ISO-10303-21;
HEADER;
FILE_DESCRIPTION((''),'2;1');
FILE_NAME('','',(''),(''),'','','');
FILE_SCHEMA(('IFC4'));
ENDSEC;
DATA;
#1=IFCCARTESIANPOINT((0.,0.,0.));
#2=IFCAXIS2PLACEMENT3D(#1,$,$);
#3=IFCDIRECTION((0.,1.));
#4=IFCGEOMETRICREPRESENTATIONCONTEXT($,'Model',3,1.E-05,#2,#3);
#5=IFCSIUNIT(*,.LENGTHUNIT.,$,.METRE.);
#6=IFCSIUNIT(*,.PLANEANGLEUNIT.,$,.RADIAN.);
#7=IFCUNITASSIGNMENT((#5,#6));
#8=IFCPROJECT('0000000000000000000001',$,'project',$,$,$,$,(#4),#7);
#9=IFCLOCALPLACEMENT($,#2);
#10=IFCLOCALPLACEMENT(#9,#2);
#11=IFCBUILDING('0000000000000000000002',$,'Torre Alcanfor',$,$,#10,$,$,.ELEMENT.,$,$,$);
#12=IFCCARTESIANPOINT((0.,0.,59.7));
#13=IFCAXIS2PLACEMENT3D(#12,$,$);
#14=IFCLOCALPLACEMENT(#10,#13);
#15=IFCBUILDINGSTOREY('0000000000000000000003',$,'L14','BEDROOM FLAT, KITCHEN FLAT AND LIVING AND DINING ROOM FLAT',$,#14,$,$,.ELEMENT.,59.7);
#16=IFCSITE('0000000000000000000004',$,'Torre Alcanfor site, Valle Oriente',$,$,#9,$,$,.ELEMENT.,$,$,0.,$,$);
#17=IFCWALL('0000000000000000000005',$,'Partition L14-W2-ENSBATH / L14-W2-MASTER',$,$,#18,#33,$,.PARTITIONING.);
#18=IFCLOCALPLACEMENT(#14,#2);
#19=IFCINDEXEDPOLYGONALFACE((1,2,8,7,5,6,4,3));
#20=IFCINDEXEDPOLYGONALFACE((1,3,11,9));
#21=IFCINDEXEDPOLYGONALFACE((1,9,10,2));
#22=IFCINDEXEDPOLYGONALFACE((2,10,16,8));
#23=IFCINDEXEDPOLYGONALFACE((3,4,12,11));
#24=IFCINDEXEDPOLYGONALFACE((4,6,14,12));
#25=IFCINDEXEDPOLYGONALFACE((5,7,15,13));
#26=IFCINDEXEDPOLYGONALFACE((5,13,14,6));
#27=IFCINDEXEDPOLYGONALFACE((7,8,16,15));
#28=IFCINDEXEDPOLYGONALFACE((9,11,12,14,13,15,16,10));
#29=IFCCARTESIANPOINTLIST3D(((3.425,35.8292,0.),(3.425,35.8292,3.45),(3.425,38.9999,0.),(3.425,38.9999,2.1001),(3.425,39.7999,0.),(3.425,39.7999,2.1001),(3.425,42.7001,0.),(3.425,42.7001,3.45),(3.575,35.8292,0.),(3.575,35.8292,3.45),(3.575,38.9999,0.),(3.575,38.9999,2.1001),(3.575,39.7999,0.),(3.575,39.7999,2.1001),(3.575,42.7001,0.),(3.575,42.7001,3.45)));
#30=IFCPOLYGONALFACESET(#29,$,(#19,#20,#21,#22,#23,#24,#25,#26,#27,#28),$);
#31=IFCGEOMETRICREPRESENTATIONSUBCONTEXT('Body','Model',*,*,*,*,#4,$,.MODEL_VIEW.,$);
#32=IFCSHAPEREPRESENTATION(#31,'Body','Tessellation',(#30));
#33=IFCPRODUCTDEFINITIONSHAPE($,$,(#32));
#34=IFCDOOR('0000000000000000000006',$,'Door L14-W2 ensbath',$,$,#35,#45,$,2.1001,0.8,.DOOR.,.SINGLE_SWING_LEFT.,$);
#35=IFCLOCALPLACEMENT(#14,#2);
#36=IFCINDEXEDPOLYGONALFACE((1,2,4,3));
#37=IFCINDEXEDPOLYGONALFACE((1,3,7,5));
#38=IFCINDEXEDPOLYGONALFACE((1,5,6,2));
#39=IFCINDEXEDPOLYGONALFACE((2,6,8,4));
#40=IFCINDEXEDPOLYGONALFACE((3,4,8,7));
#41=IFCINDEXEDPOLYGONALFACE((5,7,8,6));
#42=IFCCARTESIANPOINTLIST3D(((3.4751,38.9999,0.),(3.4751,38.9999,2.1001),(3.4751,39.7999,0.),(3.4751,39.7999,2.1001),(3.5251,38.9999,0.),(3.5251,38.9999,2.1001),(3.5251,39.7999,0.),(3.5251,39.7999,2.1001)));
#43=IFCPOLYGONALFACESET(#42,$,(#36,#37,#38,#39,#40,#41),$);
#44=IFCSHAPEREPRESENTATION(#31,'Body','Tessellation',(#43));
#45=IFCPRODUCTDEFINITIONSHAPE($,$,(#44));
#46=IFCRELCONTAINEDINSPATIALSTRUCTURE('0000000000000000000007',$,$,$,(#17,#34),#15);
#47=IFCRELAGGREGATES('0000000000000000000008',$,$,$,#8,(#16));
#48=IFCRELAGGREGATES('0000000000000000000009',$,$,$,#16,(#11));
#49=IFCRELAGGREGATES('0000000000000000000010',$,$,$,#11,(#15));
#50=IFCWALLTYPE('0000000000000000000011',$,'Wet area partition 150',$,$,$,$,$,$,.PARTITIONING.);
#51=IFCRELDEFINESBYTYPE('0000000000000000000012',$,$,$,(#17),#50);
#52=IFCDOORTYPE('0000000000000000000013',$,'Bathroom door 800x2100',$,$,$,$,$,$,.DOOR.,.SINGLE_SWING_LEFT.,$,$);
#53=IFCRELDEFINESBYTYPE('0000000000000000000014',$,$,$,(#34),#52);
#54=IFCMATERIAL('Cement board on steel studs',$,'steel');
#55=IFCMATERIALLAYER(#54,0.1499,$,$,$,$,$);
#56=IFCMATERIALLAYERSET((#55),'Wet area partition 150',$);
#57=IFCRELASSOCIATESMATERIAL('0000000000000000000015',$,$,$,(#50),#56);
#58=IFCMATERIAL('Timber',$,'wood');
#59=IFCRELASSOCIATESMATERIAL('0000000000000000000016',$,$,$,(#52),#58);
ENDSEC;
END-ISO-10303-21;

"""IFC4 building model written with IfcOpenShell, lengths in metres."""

from ifc_helpers import new_model, si_unit, direction, frame, frame_2d, origin, place, context, subcontext, project, spatial, rectangle, extrude, material, layer, layer_set, type_object, element, fill, save


model = new_model("IFC4")

# Units and contexts
model_context = context("Model", 3, precision=1e-05, world=origin(), true_north=direction((0.0, 1.0)))
body_context = subcontext(model_context, "Body", "Model", "MODEL_VIEW")
ifc_project = project(units=[si_unit("LENGTHUNIT", "METRE"), si_unit("PLANEANGLEUNIT", "RADIAN")], contexts=[model_context])

# Site, building, storey
site_placement = place(None, origin())
site = spatial("IfcSite", under=ifc_project, at=site_placement, Name="Torre Alcanfor site, Valle Oriente", CompositionType="ELEMENT", RefElevation=0.0)
building_placement = place(site_placement, origin())
building = spatial("IfcBuilding", under=site, at=building_placement, Name="Torre Alcanfor", CompositionType="ELEMENT")
storey_placement = place(building_placement, frame((0.0, 0.0, 59.7)))
storey = spatial("IfcBuildingStorey", under=building, at=storey_placement, Name="L14", Description="BEDROOM FLAT, KITCHEN FLAT AND LIVING AND DINING ROOM FLAT", CompositionType="ELEMENT", Elevation=59.7)

# Shared definitions
ifc_material_1 = material(Name="Cement board on steel studs", Category="steel")
ifc_layer_1 = layer(ifc_material_1, 0.1499)
ifc_layer_set_1 = layer_set([ifc_layer_1], Name="Wet area partition 150")
wall_type_1 = type_object("IfcWallType", Name="Wet area partition 150", PredefinedType="PARTITIONING", material=ifc_layer_set_1)

# Wall, opening, door
wall_1_placement = place(storey_placement, frame((3.5, 35.8291, 0.0), z_axis=(0.0, 0.0, 1.0), x_axis=(0.0, 1.0, 0.0)))
wall_1 = element("IfcWall", 1, at=wall_1_placement, inside=storey, type_object=wall_type_1, Name="Partition L14-W2-ENSBATH / L14-W2-MASTER", PredefinedType="PARTITIONING", context=body_context, shape_type="SweptSolid", body=[
    extrude(rectangle(XDim=6.8708, YDim=0.1499, at=frame_2d((3.4355, 0.0))), origin(), (0.0, 0.0, 1.0), 3.45),
])
opening_1_placement = place(wall_1_placement, frame((3.1709, 0.0, 0.0)))
opening_1 = element("IfcOpeningElement", 2, at=opening_1_placement, cuts=wall_1, PredefinedType="OPENING", context=body_context, shape_type="SweptSolid", body=[
    extrude(rectangle(XDim=0.8, YDim=2.1001, at=frame_2d((0.3999, 1.05))), frame((0.0, 0.085, 0.0), z_axis=(0.0, -1.0, 0.0), x_axis=(1.0, 0.0, 0.0)), (0.0, 0.0, 1.0), 0.1699),
])
ifc_material_2 = material(Name="Timber", Category="wood")
door_type_1 = type_object("IfcDoorType", Name="Bathroom door 800x2100", OperationType="SINGLE_SWING_LEFT", PredefinedType="DOOR", material=ifc_material_2)
door_1_placement = place(opening_1_placement, frame((0.8, 0.0, 0.0), z_axis=(0.0, 0.0, 1.0), x_axis=(-1.0, 0.0, 0.0)))
door_1 = element("IfcDoor", 3, at=door_1_placement, inside=storey, type_object=door_type_1, Name="Door L14-W2 ensbath", OperationType="SINGLE_SWING_LEFT", OverallHeight=2.1001, OverallWidth=0.8, PredefinedType="DOOR", context=body_context, shape_type="SweptSolid", body=[
    extrude(rectangle(XDim=0.8, YDim=2.1001, at=frame_2d((0.4001, 1.05))), frame((0.0, 0.0251, 0.0), z_axis=(0.0, -1.0, 0.0), x_axis=(1.0, 0.0, 0.0)), (0.0, 0.0, 1.0), 0.05),
])
fill(opening_1, door_1)

save(model, "model.ifc")
